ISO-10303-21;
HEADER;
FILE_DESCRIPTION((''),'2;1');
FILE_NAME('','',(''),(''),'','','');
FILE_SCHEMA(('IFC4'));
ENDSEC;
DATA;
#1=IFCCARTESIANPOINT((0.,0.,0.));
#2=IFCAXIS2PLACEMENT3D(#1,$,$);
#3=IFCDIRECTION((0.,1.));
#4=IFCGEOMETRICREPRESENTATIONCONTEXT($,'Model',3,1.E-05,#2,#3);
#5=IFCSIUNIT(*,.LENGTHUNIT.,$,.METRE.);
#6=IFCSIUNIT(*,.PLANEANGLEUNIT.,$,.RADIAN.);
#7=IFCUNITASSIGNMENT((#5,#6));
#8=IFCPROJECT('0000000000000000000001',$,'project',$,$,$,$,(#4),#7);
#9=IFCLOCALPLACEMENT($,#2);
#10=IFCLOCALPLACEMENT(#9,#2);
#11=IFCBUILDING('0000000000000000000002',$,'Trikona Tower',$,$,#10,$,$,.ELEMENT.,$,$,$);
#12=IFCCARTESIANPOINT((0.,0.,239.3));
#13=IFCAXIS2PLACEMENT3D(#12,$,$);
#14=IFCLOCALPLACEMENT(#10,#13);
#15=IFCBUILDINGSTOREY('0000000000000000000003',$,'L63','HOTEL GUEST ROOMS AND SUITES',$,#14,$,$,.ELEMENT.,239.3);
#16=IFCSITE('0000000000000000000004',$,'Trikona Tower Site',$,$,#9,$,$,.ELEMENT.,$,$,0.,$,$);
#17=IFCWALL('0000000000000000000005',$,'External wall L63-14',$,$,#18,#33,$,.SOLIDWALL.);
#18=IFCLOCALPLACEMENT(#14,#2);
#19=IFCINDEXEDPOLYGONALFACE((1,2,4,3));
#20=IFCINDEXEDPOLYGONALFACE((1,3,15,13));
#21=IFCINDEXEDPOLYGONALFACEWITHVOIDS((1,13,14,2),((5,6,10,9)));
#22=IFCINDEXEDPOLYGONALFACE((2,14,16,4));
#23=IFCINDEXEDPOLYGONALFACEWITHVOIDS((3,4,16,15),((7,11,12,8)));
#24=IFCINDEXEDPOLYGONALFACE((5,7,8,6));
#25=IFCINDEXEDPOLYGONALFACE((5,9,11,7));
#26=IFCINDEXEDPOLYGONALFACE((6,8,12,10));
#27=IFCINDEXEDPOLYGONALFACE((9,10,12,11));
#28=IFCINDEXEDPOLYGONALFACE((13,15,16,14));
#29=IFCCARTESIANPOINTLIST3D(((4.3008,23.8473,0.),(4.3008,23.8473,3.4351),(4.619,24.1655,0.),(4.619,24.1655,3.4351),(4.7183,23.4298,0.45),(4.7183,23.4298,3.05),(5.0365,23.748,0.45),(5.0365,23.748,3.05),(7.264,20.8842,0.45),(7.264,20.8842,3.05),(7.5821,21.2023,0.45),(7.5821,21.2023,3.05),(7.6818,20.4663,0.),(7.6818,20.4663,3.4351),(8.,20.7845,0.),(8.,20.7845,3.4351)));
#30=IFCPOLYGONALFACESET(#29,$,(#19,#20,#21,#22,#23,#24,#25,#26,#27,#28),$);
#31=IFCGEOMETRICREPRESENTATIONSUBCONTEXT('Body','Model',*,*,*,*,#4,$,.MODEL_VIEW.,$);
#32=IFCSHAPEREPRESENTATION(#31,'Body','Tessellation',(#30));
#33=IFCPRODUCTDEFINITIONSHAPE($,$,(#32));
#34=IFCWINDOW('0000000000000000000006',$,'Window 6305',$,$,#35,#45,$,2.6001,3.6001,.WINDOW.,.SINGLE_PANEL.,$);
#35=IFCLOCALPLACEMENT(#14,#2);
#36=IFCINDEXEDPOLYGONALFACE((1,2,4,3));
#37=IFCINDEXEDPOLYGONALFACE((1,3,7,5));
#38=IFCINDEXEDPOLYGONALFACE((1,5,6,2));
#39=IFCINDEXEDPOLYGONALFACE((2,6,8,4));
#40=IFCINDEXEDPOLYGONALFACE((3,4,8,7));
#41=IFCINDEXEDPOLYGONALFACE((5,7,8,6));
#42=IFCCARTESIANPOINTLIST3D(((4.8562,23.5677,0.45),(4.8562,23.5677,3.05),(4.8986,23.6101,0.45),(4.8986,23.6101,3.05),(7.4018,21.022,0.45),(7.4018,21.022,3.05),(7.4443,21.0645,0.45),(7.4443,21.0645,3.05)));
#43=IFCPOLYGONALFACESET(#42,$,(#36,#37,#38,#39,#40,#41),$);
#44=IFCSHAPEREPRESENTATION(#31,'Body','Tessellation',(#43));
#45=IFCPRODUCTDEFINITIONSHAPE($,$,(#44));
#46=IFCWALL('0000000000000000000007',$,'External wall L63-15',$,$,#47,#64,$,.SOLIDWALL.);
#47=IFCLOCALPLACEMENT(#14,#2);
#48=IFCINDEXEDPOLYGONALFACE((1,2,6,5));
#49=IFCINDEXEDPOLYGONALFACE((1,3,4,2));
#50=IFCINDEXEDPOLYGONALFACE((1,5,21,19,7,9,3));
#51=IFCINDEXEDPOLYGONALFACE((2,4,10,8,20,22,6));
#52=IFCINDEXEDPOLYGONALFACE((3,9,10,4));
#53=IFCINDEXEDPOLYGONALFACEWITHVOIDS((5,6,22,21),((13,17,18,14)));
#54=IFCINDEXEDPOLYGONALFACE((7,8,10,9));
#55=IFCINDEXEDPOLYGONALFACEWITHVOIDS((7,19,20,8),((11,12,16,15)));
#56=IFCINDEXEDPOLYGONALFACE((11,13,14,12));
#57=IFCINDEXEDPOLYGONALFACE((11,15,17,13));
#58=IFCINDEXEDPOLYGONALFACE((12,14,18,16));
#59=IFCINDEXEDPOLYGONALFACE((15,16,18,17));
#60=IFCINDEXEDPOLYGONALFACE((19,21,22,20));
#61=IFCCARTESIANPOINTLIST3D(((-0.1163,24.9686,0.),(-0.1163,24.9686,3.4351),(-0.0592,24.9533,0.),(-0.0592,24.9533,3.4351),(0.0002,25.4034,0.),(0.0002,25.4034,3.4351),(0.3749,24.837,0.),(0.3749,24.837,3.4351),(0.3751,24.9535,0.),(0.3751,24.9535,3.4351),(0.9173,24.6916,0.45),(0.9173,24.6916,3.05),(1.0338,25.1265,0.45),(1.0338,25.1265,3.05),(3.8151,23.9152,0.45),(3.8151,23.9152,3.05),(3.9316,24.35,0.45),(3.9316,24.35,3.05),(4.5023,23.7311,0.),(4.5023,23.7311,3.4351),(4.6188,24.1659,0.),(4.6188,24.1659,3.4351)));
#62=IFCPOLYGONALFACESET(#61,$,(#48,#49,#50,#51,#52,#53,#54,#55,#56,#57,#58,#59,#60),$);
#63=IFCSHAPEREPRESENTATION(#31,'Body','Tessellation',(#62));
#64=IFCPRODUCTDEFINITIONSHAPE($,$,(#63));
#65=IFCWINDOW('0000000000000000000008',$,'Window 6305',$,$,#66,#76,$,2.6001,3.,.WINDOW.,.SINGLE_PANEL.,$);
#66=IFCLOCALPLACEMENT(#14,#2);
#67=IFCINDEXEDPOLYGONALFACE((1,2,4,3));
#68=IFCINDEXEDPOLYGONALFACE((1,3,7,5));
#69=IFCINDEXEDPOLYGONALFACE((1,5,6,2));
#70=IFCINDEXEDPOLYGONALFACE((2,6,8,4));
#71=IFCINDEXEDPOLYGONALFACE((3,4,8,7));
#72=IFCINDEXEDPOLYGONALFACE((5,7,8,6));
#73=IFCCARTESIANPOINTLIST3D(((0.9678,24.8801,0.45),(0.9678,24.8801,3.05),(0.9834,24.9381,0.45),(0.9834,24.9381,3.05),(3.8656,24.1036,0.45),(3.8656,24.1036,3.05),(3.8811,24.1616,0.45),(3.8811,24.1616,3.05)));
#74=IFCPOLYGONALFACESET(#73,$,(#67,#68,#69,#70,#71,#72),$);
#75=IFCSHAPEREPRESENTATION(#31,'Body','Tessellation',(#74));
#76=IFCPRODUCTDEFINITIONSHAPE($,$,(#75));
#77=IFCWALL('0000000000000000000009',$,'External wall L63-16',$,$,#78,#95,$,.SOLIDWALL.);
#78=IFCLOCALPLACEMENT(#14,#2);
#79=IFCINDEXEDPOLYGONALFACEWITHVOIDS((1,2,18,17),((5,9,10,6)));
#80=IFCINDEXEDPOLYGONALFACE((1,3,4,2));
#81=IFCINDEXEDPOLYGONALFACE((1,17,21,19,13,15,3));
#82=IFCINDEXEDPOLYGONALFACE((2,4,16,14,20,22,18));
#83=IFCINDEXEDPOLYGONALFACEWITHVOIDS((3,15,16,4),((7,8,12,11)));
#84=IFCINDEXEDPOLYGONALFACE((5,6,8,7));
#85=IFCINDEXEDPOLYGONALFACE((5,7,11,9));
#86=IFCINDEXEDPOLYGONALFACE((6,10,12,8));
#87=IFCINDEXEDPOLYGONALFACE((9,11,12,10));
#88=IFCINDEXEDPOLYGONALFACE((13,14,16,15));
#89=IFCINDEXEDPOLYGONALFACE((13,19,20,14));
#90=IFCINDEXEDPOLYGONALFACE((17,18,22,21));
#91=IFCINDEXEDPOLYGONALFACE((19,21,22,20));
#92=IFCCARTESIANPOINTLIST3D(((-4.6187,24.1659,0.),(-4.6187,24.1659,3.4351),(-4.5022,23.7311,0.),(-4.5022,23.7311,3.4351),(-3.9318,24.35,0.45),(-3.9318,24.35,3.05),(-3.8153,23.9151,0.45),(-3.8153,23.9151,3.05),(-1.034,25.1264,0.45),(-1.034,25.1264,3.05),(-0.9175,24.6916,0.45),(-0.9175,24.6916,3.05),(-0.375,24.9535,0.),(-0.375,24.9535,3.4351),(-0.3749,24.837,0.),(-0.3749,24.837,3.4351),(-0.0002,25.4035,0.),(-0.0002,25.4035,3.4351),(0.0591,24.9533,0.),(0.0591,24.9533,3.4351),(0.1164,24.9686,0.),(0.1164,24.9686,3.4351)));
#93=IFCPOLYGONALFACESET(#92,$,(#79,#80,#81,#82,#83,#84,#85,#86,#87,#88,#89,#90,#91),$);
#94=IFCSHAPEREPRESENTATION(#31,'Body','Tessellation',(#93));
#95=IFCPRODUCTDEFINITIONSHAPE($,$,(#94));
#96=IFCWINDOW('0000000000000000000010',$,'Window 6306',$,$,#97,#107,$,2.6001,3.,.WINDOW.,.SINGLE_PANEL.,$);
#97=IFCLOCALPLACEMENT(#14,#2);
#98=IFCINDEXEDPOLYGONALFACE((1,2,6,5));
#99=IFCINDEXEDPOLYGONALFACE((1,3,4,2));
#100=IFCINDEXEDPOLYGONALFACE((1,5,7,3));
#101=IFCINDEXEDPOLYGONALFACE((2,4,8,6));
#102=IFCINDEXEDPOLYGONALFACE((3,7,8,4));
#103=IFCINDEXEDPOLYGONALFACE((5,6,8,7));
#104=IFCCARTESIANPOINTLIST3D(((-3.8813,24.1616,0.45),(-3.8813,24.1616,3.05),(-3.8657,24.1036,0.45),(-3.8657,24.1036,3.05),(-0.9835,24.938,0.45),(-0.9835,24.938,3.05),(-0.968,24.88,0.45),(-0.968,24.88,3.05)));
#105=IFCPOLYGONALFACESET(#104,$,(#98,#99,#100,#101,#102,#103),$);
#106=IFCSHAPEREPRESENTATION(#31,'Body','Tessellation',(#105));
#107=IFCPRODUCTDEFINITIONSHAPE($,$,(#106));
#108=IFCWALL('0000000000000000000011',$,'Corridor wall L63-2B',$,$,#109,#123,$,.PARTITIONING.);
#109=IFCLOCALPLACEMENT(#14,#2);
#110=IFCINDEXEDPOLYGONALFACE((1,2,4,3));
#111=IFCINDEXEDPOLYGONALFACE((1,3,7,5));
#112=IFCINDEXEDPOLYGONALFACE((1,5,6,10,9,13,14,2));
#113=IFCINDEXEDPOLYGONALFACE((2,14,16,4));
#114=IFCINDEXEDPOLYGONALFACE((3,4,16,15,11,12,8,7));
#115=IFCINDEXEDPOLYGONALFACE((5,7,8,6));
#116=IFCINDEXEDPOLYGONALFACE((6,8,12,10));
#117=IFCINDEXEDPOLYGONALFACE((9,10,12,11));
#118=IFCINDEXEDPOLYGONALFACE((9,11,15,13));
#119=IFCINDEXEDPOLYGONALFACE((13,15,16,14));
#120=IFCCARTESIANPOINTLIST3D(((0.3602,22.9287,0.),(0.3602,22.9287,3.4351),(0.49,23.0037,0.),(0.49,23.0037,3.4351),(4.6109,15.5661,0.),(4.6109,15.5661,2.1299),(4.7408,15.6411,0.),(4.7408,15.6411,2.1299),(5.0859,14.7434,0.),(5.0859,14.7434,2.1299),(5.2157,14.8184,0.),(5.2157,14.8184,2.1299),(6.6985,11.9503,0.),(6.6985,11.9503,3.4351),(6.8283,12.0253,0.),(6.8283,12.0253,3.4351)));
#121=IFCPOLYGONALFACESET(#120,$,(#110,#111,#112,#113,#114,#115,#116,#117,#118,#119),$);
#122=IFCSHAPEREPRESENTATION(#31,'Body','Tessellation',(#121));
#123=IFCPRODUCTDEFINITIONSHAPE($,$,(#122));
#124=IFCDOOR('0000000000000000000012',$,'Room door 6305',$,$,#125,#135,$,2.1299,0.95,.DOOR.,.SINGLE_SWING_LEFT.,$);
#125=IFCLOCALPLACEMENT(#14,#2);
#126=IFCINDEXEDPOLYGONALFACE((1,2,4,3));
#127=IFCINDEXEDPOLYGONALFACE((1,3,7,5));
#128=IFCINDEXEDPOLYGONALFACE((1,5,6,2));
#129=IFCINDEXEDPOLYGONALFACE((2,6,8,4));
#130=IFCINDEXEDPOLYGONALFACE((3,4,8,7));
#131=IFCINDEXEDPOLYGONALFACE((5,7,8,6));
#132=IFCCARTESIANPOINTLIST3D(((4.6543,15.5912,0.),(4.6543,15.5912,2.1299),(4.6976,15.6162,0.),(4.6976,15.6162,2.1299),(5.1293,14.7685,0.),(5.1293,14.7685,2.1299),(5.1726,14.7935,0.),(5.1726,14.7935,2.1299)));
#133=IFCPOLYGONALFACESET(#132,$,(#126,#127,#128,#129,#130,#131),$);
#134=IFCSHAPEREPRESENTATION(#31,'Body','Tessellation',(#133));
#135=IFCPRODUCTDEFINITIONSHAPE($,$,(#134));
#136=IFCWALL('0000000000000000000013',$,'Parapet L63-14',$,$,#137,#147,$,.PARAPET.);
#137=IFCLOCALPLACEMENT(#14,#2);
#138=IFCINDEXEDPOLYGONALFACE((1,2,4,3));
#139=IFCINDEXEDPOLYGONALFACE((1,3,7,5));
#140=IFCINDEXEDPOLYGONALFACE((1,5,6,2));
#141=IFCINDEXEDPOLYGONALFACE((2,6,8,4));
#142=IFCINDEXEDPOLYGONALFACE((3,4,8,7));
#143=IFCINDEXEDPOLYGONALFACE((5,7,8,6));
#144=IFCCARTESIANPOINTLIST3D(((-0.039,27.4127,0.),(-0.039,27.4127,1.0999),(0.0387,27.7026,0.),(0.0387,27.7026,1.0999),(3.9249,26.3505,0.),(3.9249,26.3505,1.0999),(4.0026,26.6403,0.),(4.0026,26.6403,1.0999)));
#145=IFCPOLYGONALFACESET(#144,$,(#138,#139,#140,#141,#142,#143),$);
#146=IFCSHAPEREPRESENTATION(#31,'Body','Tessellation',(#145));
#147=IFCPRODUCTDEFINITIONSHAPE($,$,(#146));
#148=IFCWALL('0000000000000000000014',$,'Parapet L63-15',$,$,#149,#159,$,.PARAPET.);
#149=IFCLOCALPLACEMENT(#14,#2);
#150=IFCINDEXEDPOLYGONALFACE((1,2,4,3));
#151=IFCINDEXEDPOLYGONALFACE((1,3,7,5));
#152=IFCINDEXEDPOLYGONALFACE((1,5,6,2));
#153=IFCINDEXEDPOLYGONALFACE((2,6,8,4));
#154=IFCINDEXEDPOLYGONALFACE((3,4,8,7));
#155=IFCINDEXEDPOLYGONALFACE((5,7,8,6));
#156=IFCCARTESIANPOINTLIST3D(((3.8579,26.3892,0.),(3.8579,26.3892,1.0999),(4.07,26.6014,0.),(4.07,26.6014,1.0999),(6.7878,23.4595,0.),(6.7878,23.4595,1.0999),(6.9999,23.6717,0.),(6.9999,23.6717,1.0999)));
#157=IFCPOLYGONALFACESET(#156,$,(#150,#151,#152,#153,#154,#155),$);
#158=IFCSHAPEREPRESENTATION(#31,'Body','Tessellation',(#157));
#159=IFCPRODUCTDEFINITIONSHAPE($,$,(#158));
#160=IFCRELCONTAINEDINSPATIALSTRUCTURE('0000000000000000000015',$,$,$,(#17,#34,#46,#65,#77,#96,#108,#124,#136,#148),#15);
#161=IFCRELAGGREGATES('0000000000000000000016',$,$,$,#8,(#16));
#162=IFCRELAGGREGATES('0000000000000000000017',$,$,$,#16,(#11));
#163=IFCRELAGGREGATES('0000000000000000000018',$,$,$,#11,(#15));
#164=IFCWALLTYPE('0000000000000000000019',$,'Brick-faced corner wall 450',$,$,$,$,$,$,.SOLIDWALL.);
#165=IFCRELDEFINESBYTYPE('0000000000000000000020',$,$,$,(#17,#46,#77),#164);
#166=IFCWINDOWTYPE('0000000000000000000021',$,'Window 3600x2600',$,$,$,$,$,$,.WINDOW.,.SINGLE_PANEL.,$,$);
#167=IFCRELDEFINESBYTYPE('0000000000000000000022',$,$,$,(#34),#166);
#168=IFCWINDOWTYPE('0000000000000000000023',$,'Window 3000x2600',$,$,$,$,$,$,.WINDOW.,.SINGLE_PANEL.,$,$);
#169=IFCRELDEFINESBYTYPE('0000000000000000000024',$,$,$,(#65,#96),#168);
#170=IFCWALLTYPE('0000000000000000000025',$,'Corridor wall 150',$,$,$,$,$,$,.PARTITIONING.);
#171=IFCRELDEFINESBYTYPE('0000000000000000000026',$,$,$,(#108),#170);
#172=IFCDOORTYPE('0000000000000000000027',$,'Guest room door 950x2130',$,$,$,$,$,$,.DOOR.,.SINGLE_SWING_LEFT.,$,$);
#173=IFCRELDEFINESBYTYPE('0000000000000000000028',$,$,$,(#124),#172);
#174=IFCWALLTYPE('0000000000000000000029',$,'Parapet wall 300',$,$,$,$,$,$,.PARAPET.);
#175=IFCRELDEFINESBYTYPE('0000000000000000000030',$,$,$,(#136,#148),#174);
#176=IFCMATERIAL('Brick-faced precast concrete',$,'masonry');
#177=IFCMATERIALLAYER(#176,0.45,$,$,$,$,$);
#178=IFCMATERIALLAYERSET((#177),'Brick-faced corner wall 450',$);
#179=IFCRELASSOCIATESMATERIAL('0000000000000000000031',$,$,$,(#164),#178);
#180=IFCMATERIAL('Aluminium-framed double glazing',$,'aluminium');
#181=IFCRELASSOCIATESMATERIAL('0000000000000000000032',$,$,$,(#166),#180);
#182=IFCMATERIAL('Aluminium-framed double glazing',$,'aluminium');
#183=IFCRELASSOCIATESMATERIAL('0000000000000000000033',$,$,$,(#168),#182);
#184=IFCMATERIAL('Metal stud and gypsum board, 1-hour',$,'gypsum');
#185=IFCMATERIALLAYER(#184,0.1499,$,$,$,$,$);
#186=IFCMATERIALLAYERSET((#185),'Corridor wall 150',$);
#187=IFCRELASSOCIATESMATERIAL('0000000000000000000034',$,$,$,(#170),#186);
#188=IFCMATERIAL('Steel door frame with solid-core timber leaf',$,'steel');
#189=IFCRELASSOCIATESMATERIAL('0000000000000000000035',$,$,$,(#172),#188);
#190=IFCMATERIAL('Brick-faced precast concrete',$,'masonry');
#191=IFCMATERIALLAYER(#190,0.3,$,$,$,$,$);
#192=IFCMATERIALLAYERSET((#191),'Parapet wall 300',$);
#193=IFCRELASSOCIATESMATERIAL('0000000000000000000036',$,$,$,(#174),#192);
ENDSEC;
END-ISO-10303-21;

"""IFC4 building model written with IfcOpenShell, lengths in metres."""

from ifc_helpers import new_model, si_unit, direction, frame, frame_2d, origin, place, context, subcontext, project, spatial, polyline, rectangle, outline, extrude, material, layer, layer_set, type_object, element, fill, save


model = new_model("IFC4")

# Units and contexts
model_context = context("Model", 3, precision=1e-05, world=origin(), true_north=direction((0.0, 1.0)))
body_context = subcontext(model_context, "Body", "Model", "MODEL_VIEW")
ifc_project = project(units=[si_unit("LENGTHUNIT", "METRE"), si_unit("PLANEANGLEUNIT", "RADIAN")], contexts=[model_context])

# Site, building, storey
site_placement = place(None, origin())
site = spatial("IfcSite", under=ifc_project, at=site_placement, Name="Trikona Tower Site", CompositionType="ELEMENT", RefElevation=0.0)
building_placement = place(site_placement, origin())
building = spatial("IfcBuilding", under=site, at=building_placement, Name="Trikona Tower", CompositionType="ELEMENT")
storey_placement = place(building_placement, frame((0.0, 0.0, 239.3)))
storey = spatial("IfcBuildingStorey", under=building, at=storey_placement, Name="L63", Description="HOTEL GUEST ROOMS AND SUITES", CompositionType="ELEMENT", Elevation=239.3)

# Walls, openings, windows
ifc_material_1 = material(Name="Brick-faced precast concrete", Category="masonry")
ifc_layer_1 = layer(ifc_material_1, 0.45)
ifc_layer_set_1 = layer_set([ifc_layer_1], Name="Brick-faced corner wall 450")
wall_type_1 = type_object("IfcWallType", Name="Brick-faced corner wall 450", PredefinedType="SOLIDWALL", material=ifc_layer_set_1)
wall_1_placement = place(storey_placement, frame((7.8408, 20.6255, 0.0), z_axis=(0.0, 0.0, 1.0), x_axis=(-0.707107, 0.707107, 0.0)))
wall_1 = element("IfcWall", 1, at=wall_1_placement, inside=storey, type_object=wall_type_1, Name="External wall L63-14", PredefinedType="SOLIDWALL", context=body_context, shape_type="SweptSolid", body=[
    extrude(rectangle(XDim=4.7815, YDim=0.45, at=frame_2d((2.3906, 0.0))), origin(), (0.0, 0.0, 1.0), 3.4351),
])
opening_1_placement = place(wall_1_placement, frame((0.5908, 0.0, 0.45)))
opening_1 = element("IfcOpeningElement", 2, at=opening_1_placement, cuts=wall_1, PredefinedType="OPENING", context=body_context, shape_type="SweptSolid", body=[
    extrude(rectangle(XDim=3.6001, YDim=2.6001, at=frame_2d((1.8, 1.3))), frame((0.0, 0.2349, 0.0), z_axis=(0.0, -1.0, 0.0), x_axis=(1.0, 0.0, 0.0)), (0.0, 0.0, 1.0), 0.47),
])
ifc_material_2 = material(Name="Aluminium-framed double glazing", Category="aluminium")
window_type_1 = type_object("IfcWindowType", Name="Window 3600x2600", PartitioningType="SINGLE_PANEL", PredefinedType="WINDOW", material=ifc_material_2)
window_1_placement = place(opening_1_placement, origin())
window_1 = element("IfcWindow", 3, at=window_1_placement, inside=storey, type_object=window_type_1, Name="Window 6305", OverallHeight=2.6001, OverallWidth=3.6001, PartitioningType="SINGLE_PANEL", PredefinedType="WINDOW", context=body_context, shape_type="SweptSolid", body=[
    extrude(rectangle(XDim=3.6001, YDim=2.6001, at=frame_2d((1.8, 1.3))), frame((0.0, 0.03, 0.0), z_axis=(0.0, -1.0, 0.0), x_axis=(1.0, 0.0, 0.0)), (0.0, 0.0, 1.0), 0.0601),
])
fill(opening_1, window_1)
wall_2_placement = place(storey_placement, frame((4.5605, 23.9485, 0.0), z_axis=(0.0, 0.0, 1.0), x_axis=(-0.965927, 0.258816, 0.0)))
wall_2 = element("IfcWall", 4, at=wall_2_placement, inside=storey, type_object=wall_type_1, Name="External wall L63-15", PredefinedType="SOLIDWALL", context=body_context, shape_type="SweptSolid", body=[
    extrude(outline(polyline([(4.7815, 0.2251), (4.7224, 0.2251), (4.303, 0.1125), (4.2729, 0.2251), (0.0, 0.2251), (0.0, -0.2251), (4.7815, -0.2251), (4.7815, 0.2251)])), origin(), (0.0, 0.0, 1.0), 3.4351),
])
opening_2_placement = place(wall_2_placement, frame((0.7114, 0.0, 0.45)))
opening_2 = element("IfcOpeningElement", 5, at=opening_2_placement, cuts=wall_2, PredefinedType="OPENING", context=body_context, shape_type="SweptSolid", body=[
    extrude(rectangle(XDim=3.0, YDim=2.6001, at=frame_2d((1.5, 1.3))), frame((0.0, 0.2349, 0.0), z_axis=(0.0, -1.0, 0.0), x_axis=(1.0, 0.0, 0.0)), (0.0, 0.0, 1.0), 0.47),
])
ifc_material_3 = material(Name="Aluminium-framed double glazing", Category="aluminium")
window_type_2 = type_object("IfcWindowType", Name="Window 3000x2600", PartitioningType="SINGLE_PANEL", PredefinedType="WINDOW", material=ifc_material_3)
window_2_placement = place(opening_2_placement, origin())
window_2 = element("IfcWindow", 6, at=window_2_placement, inside=storey, type_object=window_type_2, Name="Window 6305", OverallHeight=2.6001, OverallWidth=3.0, PartitioningType="SINGLE_PANEL", PredefinedType="WINDOW", context=body_context, shape_type="SweptSolid", body=[
    extrude(rectangle(XDim=3.0, YDim=2.6001, at=frame_2d((1.5, 1.3))), frame((0.0, 0.03, 0.0), z_axis=(0.0, -1.0, 0.0), x_axis=(1.0, 0.0, 0.0)), (0.0, 0.0, 1.0), 0.0601),
])
fill(opening_2, window_2)
wall_3_placement = place(storey_placement, frame((0.0581, 25.186, 0.0), z_axis=(0.0, 0.0, 1.0), x_axis=(-0.965927, -0.258816, 0.0)))
wall_3 = element("IfcWall", 7, at=wall_3_placement, inside=storey, type_object=wall_type_1, Name="External wall L63-16", PredefinedType="SOLIDWALL", context=body_context, shape_type="SweptSolid", body=[
    extrude(outline(polyline([(4.7815, 0.2251), (0.5085, 0.2251), (0.4785, 0.1125), (0.0593, 0.2251), (0.0, 0.2251), (0.0, -0.2251), (4.7815, -0.2251), (4.7815, 0.2251)])), origin(), (0.0, 0.0, 1.0), 3.4351),
])
opening_3_placement = place(wall_3_placement, frame((1.0703, 0.0, 0.45)))
opening_3 = element("IfcOpeningElement", 8, at=opening_3_placement, cuts=wall_3, PredefinedType="OPENING", context=body_context, shape_type="SweptSolid", body=[
    extrude(rectangle(XDim=3.0, YDim=2.6001, at=frame_2d((1.5, 1.3))), frame((0.0, 0.2349, 0.0), z_axis=(0.0, -1.0, 0.0), x_axis=(1.0, 0.0, 0.0)), (0.0, 0.0, 1.0), 0.47),
])
window_3_placement = place(opening_3_placement, origin())
window_3 = element("IfcWindow", 9, at=window_3_placement, inside=storey, type_object=window_type_2, Name="Window 6306", OverallHeight=2.6001, OverallWidth=3.0, PartitioningType="SINGLE_PANEL", PredefinedType="WINDOW", context=body_context, shape_type="SweptSolid", body=[
    extrude(rectangle(XDim=3.0, YDim=2.6001, at=frame_2d((1.5, 1.3))), frame((0.0, 0.03, 0.0), z_axis=(0.0, -1.0, 0.0), x_axis=(1.0, 0.0, 0.0)), (0.0, 0.0, 1.0), 0.0601),
])
fill(opening_3, window_3)

# Wall, opening, door
ifc_material_4 = material(Name="Metal stud and gypsum board, 1-hour", Category="gypsum")
ifc_layer_2 = layer(ifc_material_4, 0.1499)
ifc_layer_set_2 = layer_set([ifc_layer_2], Name="Corridor wall 150")
wall_type_2 = type_object("IfcWallType", Name="Corridor wall 150", PredefinedType="PARTITIONING", material=ifc_layer_set_2)
wall_4_placement = place(storey_placement, frame((6.7634, 11.9878, 0.0), z_axis=(0.0, 0.0, 1.0), x_axis=(-0.499996, 0.866028, 0.0)))
wall_4 = element("IfcWall", 10, at=wall_4_placement, inside=storey, type_object=wall_type_2, Name="Corridor wall L63-2B", PredefinedType="PARTITIONING", context=body_context, shape_type="SweptSolid", body=[
    extrude(rectangle(XDim=12.6768, YDim=0.1499, at=frame_2d((6.3384, 0.0))), origin(), (0.0, 0.0, 1.0), 3.4351),
])
opening_4_placement = place(wall_4_placement, frame((3.2251, 0.0, 0.0)))
opening_4 = element("IfcOpeningElement", 11, at=opening_4_placement, cuts=wall_4, PredefinedType="OPENING", context=body_context, shape_type="SweptSolid", body=[
    extrude(rectangle(XDim=0.95, YDim=2.1299, at=frame_2d((0.4751, 1.0649))), frame((0.0, 0.085, 0.0), z_axis=(0.0, -1.0, 0.0), x_axis=(1.0, 0.0, 0.0)), (0.0, 0.0, 1.0), 0.1699),
])
ifc_material_5 = material(Name="Steel door frame with solid-core timber leaf", Category="steel")
door_type_1 = type_object("IfcDoorType", Name="Guest room door 950x2130", OperationType="SINGLE_SWING_LEFT", PredefinedType="DOOR", material=ifc_material_5)
door_1_placement = place(opening_4_placement, origin())
door_1 = element("IfcDoor", 12, at=door_1_placement, inside=storey, type_object=door_type_1, Name="Room door 6305", OperationType="SINGLE_SWING_LEFT", OverallHeight=2.1299, OverallWidth=0.95, PredefinedType="DOOR", context=body_context, shape_type="SweptSolid", body=[
    extrude(rectangle(XDim=0.95, YDim=2.1299, at=frame_2d((0.4751, 1.0649))), frame((0.0, 0.0249, 0.0), z_axis=(0.0, -1.0, 0.0), x_axis=(1.0, 0.0, 0.0)), (0.0, 0.0, 1.0), 0.05),
])
fill(opening_4, door_1)

# Walls
ifc_material_6 = material(Name="Brick-faced precast concrete", Category="masonry")
ifc_layer_3 = layer(ifc_material_6, 0.3)
ifc_layer_set_3 = layer_set([ifc_layer_3], Name="Parapet wall 300")
wall_type_3 = type_object("IfcWallType", Name="Parapet wall 300", PredefinedType="PARAPET", material=ifc_layer_set_3)
wall_5_placement = place(storey_placement, frame((0.0, 27.5576, 0.0), z_axis=(0.0, 0.0, 1.0), x_axis=(0.965917, -0.258851, 0.0)))
element("IfcWall", 13, at=wall_5_placement, inside=storey, type_object=wall_type_3, Name="Parapet L63-14", PredefinedType="PARAPET", context=body_context, shape_type="SweptSolid", body=[
    extrude(rectangle(XDim=4.1038, YDim=0.3, at=frame_2d((2.0518, 0.0))), origin(), (0.0, 0.0, 1.0), 1.0999),
])
wall_6_placement = place(storey_placement, frame((3.9639, 26.4954, 0.0), z_axis=(0.0, 0.0, 1.0), x_axis=(0.707136, -0.707077, 0.0)))
element("IfcWall", 14, at=wall_6_placement, inside=storey, type_object=wall_type_3, Name="Parapet L63-15", PredefinedType="PARAPET", context=body_context, shape_type="SweptSolid", body=[
    extrude(rectangle(XDim=4.1433, YDim=0.3, at=frame_2d((2.0718, 0.0))), origin(), (0.0, 0.0, 1.0), 1.0999),
])

save(model, "model.ifc")
